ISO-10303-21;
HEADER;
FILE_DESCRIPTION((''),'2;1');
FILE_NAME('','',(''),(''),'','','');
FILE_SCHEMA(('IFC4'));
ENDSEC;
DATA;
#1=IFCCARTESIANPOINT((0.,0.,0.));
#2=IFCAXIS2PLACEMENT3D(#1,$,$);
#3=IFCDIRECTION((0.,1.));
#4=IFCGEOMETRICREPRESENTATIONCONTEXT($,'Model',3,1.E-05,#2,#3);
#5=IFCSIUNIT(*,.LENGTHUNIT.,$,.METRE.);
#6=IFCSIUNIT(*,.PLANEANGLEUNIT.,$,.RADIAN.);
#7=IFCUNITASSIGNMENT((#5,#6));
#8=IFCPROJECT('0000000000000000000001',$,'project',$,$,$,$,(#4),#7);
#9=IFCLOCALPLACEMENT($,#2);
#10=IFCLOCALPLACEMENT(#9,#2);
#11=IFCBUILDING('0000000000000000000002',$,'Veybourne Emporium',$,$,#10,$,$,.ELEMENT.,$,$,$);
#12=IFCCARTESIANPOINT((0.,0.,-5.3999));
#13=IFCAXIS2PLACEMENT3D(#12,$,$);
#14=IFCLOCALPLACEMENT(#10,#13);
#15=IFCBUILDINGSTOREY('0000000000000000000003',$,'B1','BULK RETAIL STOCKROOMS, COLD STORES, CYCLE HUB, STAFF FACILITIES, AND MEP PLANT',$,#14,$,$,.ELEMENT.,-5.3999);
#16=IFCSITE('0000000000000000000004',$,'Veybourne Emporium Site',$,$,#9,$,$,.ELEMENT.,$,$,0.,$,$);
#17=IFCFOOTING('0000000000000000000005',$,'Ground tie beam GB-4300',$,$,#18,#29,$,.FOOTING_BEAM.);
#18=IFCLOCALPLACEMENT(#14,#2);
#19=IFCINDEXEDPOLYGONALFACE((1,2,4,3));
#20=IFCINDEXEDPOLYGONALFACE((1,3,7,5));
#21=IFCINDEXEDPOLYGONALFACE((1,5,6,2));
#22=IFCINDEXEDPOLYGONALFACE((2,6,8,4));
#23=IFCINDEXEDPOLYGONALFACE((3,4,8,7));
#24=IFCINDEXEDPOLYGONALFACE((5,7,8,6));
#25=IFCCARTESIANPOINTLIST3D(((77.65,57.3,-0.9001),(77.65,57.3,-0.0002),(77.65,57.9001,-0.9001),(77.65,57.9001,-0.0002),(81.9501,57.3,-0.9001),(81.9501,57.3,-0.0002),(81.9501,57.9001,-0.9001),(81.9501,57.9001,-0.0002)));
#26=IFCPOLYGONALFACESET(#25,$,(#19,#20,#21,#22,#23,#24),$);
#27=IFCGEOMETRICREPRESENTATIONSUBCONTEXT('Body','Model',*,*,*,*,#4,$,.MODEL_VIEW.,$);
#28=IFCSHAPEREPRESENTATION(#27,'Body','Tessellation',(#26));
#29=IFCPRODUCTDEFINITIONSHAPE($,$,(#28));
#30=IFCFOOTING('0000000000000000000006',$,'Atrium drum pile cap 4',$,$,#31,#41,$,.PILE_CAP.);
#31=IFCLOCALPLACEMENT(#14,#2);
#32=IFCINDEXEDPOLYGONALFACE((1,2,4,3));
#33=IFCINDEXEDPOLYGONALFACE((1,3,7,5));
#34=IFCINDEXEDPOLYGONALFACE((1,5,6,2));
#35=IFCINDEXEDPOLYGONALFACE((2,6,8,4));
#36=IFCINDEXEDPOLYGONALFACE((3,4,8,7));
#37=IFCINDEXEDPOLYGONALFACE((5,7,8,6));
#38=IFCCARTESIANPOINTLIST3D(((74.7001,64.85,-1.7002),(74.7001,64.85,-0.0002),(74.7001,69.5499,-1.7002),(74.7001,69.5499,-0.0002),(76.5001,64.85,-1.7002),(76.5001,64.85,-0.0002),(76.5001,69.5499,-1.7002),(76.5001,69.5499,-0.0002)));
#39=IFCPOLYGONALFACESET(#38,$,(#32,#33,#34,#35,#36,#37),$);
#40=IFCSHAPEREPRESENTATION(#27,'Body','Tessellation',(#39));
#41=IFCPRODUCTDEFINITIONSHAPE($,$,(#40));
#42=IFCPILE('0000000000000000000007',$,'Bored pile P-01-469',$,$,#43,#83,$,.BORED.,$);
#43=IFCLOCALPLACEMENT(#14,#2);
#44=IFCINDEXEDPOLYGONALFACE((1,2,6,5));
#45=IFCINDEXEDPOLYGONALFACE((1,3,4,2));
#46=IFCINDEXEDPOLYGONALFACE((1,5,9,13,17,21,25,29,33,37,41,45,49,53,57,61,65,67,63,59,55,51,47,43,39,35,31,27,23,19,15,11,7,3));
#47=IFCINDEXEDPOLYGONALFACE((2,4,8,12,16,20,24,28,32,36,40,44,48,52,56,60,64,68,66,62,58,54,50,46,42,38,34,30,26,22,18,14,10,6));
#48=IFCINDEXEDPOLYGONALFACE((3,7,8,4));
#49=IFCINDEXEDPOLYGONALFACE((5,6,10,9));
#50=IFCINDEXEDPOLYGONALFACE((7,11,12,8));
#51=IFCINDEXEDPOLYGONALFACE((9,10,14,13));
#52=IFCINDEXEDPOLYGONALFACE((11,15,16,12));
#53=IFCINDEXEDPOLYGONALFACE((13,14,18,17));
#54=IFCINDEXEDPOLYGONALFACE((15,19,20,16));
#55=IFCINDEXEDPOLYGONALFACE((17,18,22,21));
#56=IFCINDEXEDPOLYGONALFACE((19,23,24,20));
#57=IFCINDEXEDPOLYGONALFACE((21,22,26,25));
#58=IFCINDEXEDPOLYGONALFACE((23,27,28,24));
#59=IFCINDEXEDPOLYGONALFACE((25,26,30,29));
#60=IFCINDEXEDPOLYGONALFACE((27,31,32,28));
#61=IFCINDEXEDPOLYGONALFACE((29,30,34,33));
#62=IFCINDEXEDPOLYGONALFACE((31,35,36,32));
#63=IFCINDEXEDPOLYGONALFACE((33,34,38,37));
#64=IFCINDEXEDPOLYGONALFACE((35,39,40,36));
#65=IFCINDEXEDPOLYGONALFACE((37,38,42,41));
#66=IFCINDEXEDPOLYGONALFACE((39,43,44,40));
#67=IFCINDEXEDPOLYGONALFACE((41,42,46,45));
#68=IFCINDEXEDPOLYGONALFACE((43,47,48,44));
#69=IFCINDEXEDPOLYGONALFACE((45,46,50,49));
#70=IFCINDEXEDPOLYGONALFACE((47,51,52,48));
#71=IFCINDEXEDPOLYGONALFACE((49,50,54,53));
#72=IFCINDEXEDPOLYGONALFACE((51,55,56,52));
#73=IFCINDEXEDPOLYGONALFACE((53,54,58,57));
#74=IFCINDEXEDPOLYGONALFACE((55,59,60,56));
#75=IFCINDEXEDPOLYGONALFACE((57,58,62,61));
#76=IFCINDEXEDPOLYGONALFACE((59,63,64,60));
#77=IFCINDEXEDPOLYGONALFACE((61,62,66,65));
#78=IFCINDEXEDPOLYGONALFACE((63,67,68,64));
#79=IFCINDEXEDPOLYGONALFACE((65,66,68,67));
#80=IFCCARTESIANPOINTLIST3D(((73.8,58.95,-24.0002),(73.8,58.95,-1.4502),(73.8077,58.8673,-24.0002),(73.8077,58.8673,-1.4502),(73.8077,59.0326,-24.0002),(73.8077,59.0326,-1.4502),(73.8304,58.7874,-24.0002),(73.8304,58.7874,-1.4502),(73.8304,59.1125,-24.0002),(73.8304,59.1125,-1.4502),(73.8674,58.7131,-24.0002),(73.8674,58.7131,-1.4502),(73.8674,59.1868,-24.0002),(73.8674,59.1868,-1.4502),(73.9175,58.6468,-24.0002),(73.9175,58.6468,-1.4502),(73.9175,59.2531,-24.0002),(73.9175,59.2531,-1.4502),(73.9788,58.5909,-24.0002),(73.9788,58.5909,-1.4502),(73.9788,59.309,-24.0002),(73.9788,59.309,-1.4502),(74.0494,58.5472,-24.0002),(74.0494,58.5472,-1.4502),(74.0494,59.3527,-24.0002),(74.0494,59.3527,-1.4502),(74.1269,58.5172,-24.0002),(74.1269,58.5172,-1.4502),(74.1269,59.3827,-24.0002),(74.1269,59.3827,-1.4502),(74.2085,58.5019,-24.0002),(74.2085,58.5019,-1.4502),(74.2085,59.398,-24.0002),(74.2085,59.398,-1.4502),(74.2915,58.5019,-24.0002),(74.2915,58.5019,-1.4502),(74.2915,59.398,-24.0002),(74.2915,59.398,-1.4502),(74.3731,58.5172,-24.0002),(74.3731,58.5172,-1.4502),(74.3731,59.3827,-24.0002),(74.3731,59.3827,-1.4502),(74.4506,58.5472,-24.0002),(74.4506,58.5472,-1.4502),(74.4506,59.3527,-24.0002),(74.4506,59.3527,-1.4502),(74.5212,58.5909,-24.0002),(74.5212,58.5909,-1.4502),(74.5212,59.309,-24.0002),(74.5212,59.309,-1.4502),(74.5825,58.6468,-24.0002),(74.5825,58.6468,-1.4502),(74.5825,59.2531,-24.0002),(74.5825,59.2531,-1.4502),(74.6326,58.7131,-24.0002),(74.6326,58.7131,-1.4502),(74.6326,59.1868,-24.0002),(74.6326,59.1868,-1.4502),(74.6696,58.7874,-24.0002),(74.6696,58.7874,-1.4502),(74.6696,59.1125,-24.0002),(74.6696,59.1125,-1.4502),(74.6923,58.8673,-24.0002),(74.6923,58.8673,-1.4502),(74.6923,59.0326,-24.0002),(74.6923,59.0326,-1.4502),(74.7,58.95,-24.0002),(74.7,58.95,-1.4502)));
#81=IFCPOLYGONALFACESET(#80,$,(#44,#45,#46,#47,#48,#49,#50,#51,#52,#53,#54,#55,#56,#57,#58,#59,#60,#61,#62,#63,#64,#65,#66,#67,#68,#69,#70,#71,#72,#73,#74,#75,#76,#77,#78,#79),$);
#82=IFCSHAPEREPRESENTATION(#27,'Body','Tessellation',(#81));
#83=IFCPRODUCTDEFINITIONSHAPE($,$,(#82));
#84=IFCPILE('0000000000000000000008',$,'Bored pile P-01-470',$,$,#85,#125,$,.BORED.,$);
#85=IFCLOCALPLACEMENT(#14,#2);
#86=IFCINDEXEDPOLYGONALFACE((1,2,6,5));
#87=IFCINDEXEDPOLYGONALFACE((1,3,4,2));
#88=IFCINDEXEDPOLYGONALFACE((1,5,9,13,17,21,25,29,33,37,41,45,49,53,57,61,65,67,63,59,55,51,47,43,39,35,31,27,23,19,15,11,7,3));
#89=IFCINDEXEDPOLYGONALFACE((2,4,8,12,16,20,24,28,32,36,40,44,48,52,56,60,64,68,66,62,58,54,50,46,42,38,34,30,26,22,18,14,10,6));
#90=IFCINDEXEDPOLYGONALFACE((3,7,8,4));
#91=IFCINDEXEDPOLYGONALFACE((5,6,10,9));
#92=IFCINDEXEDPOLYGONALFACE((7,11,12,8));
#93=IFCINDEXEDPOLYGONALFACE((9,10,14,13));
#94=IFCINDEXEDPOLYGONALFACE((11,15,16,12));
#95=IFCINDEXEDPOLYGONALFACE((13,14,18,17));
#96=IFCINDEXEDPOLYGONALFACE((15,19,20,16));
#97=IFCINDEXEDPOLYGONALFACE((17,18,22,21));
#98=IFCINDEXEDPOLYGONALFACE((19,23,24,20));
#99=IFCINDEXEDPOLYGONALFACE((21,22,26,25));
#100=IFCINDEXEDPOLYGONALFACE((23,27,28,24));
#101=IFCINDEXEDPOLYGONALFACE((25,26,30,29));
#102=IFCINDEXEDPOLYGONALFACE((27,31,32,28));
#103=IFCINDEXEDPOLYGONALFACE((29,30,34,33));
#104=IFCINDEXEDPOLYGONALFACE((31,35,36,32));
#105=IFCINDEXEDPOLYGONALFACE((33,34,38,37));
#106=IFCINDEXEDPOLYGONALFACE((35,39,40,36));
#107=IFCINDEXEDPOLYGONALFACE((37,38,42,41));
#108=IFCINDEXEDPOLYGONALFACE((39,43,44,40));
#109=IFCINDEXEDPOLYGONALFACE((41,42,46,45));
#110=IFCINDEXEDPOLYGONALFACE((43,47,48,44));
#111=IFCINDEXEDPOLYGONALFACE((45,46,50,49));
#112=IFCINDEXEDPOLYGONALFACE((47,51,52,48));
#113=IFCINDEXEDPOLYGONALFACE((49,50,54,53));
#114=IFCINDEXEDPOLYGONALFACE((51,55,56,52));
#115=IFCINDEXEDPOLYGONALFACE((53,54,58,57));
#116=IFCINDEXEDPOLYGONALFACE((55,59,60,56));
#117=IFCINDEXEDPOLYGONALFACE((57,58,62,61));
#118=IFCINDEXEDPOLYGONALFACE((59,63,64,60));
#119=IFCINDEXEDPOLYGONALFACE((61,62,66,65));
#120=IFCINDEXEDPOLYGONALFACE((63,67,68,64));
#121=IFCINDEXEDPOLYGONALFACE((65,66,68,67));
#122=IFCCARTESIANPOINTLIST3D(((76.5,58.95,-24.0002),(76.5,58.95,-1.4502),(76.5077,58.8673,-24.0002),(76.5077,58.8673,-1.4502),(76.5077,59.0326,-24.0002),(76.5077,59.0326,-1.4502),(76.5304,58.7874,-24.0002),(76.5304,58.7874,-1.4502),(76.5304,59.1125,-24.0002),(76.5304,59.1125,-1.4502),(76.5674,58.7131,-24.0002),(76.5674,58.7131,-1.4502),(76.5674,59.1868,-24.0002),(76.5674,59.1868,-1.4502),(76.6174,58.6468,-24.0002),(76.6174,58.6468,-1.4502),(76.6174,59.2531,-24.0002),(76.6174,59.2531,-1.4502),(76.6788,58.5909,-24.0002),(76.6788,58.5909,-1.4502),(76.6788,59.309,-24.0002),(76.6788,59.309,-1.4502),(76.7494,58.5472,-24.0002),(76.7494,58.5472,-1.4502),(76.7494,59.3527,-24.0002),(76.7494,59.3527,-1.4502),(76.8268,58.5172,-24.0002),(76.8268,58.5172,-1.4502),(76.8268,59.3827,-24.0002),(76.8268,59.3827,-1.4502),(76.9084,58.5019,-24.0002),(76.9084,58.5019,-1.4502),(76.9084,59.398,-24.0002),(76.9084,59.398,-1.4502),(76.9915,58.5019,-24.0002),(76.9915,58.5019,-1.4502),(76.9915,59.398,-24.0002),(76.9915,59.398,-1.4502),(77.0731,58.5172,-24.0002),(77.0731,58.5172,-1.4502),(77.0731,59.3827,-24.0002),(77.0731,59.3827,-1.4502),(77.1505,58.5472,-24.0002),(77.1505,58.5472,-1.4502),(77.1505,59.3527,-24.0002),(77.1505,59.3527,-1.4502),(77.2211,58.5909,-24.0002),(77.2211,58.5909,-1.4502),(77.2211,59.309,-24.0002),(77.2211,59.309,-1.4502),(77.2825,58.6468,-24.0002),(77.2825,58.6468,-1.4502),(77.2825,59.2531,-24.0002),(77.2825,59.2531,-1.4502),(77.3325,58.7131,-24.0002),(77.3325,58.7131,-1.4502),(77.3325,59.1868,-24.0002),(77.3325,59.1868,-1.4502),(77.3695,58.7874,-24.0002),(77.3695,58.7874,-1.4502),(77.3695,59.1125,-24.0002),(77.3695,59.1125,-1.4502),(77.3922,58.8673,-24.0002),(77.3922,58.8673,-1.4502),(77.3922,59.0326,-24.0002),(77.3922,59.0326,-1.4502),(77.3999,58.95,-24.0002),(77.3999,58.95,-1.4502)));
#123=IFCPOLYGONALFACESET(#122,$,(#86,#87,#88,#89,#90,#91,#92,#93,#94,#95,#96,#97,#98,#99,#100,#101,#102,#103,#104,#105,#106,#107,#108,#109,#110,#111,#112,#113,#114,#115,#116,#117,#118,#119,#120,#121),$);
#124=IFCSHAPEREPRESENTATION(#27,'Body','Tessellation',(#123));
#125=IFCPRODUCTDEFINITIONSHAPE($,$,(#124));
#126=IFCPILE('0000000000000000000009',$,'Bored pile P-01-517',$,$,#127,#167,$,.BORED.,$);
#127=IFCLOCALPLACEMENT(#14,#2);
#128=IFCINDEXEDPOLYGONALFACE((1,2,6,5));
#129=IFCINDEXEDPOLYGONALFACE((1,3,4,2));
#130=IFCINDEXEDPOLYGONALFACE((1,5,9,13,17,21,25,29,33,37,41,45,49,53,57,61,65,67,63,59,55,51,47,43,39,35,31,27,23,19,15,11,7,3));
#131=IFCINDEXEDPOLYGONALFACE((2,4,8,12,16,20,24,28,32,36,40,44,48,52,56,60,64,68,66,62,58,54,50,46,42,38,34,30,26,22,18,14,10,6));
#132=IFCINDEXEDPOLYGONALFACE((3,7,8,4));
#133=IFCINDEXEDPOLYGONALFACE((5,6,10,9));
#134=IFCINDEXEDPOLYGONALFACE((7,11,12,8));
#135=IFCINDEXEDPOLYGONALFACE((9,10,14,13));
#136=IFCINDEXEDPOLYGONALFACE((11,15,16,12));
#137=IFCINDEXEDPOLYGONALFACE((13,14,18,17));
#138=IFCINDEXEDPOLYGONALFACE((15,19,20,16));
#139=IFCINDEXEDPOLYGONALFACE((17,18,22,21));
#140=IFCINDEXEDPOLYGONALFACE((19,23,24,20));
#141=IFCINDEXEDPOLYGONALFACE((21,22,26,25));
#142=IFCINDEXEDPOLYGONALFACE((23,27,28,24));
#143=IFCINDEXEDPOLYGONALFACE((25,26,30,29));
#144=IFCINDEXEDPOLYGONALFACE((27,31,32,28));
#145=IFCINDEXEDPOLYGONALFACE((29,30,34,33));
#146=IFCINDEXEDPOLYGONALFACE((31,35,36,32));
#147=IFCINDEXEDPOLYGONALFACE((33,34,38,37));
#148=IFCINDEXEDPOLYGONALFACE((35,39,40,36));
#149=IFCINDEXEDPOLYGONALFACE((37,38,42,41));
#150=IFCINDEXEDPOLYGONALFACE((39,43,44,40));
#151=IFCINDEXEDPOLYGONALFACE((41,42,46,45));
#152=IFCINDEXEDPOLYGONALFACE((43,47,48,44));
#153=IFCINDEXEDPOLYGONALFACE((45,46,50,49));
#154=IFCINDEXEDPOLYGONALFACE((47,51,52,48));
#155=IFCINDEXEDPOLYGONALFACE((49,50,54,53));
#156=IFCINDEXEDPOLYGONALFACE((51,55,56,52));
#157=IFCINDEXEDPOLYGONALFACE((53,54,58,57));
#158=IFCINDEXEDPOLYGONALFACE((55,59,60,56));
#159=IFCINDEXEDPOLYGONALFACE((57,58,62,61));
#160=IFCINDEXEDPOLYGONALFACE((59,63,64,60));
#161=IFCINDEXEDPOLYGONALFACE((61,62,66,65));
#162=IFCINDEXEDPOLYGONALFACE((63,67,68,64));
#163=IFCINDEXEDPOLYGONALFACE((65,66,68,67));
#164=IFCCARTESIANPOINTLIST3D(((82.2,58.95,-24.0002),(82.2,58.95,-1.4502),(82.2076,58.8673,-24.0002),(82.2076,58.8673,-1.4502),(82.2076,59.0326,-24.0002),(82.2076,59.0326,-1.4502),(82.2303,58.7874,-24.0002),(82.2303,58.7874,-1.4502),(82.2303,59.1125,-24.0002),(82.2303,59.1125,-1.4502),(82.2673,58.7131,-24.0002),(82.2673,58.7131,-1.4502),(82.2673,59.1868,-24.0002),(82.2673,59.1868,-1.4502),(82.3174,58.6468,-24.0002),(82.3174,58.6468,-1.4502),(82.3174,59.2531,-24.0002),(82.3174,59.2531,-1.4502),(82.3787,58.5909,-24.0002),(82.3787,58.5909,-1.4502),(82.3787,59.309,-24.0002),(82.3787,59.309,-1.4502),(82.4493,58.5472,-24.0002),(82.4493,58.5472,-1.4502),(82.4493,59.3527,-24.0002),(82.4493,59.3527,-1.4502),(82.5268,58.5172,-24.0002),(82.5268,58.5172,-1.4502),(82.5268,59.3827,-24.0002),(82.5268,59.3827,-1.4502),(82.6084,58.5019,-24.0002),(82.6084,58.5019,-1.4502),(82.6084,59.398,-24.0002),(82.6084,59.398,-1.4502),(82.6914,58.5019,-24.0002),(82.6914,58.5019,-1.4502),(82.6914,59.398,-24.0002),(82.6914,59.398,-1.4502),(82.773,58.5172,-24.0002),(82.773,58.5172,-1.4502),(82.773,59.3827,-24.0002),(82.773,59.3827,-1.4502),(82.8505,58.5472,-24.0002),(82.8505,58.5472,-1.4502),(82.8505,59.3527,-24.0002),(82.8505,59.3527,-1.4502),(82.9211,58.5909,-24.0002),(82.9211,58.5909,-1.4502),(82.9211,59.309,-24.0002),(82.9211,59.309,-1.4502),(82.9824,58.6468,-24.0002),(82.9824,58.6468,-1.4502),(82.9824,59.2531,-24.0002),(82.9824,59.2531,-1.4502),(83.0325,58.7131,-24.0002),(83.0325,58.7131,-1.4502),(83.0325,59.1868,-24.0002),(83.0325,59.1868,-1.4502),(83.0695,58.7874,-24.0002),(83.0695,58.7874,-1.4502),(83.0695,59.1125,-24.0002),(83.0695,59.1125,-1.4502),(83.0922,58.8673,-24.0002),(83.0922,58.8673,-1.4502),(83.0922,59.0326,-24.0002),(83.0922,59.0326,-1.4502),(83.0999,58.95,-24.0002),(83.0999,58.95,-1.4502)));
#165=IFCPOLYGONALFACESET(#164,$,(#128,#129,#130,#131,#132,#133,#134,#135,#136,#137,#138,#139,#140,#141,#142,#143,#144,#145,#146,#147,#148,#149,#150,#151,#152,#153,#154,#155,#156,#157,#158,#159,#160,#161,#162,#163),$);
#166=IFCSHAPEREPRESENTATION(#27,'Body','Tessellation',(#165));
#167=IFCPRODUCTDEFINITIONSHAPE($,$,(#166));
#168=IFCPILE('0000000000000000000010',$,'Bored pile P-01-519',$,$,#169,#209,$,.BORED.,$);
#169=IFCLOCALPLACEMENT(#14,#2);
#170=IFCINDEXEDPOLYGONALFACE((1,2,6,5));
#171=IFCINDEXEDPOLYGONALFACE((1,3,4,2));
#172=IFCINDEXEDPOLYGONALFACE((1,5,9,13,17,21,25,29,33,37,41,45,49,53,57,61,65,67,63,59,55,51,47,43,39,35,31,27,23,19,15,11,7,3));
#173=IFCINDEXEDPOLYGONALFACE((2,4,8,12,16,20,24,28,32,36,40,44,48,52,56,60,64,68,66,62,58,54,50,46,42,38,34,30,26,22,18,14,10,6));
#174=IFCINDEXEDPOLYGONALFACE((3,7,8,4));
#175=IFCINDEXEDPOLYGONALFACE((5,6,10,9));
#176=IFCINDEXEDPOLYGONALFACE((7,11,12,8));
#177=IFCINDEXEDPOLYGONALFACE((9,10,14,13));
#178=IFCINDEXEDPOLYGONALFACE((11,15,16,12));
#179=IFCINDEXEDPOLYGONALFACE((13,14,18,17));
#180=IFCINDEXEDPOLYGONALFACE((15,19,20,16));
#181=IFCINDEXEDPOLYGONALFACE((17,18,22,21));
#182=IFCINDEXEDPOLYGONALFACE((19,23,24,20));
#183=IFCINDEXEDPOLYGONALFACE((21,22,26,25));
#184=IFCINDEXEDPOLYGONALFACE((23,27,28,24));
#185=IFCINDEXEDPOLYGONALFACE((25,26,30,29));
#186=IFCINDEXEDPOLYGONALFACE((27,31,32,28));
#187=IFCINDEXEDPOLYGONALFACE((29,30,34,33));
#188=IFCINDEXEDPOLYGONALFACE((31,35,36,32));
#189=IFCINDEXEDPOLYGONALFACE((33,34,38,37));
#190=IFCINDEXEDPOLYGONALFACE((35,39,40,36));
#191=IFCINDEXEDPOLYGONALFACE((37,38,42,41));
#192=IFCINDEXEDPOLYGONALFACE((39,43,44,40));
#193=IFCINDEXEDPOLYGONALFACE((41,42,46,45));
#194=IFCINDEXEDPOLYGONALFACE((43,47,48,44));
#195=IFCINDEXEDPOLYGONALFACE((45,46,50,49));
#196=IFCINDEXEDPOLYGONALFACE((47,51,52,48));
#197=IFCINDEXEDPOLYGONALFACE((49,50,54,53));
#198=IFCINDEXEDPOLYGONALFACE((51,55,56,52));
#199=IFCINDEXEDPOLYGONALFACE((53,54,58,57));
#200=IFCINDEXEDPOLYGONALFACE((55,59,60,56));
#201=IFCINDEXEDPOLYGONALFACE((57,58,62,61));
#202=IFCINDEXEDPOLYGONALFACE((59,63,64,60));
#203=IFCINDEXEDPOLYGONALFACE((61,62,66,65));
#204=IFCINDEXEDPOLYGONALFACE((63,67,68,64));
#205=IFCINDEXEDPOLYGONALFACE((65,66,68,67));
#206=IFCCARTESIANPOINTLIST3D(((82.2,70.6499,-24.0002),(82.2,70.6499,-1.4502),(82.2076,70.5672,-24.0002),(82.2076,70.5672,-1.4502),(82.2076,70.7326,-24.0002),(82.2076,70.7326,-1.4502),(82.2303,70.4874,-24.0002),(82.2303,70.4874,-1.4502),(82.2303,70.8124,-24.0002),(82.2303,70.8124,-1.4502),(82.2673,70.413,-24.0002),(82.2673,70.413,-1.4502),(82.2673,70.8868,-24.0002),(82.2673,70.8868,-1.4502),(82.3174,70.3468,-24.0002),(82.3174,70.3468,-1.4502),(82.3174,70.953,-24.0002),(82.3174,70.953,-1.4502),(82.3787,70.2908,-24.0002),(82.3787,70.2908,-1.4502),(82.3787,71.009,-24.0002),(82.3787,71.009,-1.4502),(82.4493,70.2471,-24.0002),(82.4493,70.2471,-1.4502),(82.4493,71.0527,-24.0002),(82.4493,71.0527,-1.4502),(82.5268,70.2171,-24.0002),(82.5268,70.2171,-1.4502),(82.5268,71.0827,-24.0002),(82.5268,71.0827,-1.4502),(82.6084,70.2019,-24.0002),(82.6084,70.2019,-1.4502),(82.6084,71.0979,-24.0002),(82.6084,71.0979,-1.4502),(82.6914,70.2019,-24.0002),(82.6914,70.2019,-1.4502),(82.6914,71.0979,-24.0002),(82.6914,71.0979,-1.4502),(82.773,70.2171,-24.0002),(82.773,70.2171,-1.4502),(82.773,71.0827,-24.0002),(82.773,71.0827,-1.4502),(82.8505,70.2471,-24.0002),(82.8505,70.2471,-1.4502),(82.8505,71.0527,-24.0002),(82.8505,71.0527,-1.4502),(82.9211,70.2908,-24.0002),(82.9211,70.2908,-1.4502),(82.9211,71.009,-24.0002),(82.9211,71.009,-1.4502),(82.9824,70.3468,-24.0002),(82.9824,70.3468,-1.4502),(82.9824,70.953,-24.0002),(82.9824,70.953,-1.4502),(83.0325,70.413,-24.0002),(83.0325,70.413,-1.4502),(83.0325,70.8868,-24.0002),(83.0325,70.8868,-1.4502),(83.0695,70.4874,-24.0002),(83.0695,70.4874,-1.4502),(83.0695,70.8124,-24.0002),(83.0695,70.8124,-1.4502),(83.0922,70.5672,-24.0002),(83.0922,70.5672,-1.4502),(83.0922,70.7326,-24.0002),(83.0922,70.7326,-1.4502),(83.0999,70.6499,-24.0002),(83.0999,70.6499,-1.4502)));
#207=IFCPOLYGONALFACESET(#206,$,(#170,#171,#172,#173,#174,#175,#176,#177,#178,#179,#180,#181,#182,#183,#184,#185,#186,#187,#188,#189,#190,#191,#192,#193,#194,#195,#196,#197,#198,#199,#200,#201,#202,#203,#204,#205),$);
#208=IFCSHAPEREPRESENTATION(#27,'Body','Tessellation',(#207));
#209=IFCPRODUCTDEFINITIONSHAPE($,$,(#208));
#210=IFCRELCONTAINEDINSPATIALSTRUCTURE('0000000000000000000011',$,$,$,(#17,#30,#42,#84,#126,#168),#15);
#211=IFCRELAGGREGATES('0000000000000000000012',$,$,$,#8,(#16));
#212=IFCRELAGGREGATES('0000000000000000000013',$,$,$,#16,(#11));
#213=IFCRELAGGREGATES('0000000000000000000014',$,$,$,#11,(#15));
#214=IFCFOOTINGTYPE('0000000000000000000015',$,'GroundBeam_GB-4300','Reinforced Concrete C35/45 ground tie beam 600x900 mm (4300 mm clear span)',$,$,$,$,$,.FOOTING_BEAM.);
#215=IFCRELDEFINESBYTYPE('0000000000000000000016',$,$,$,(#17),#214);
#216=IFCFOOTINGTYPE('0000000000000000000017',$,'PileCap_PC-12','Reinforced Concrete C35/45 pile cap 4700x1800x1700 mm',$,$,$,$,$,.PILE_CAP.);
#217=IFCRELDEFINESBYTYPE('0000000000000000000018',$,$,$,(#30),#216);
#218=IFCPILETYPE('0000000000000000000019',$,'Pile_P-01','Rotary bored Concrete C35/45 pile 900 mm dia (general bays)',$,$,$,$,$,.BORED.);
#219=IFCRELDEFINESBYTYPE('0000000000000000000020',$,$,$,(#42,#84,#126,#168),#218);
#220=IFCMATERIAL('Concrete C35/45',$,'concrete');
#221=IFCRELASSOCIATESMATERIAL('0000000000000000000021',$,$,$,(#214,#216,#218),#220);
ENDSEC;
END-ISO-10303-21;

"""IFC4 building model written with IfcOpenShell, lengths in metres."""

from ifc_helpers import new_model, si_unit, direction, frame, origin, origin_2d, place, context, subcontext, project, spatial, rectangle, circle, extrude, material, material_profile, profile_set, type_object, element, save


model = new_model("IFC4")

# Units and contexts
model_context = context("Model", 3, precision=1e-05, world=origin(), true_north=direction((0.0, 1.0)))
body_context = subcontext(model_context, "Body", "Model", "MODEL_VIEW")
ifc_project = project(units=[si_unit("LENGTHUNIT", "METRE"), si_unit("PLANEANGLEUNIT", "RADIAN")], contexts=[model_context])

# Site, building, storey
site_placement = place(None, origin())
site = spatial("IfcSite", under=ifc_project, at=site_placement, Name="Veybourne Emporium Site", CompositionType="ELEMENT", RefElevation=0.0)
building_placement = place(site_placement, origin())
building = spatial("IfcBuilding", under=site, at=building_placement, Name="Veybourne Emporium", CompositionType="ELEMENT")
storey_placement = place(building_placement, frame((0.0, 0.0, -5.3999)))
storey = spatial("IfcBuildingStorey", under=building, at=storey_placement, Name="B1", Description="BULK RETAIL STOCKROOMS, COLD STORES, CYCLE HUB, STAFF FACILITIES, AND MEP PLANT", CompositionType="ELEMENT", Elevation=-5.3999)

# Footings
ifc_material_1 = material(Name="Concrete C35/45", Category="concrete")
footing_type_1 = type_object("IfcFootingType", Name="GroundBeam_GB-4300", Description="Reinforced Concrete C35/45 ground tie beam 600x900 mm (4300 mm clear span)", PredefinedType="FOOTING_BEAM", material=ifc_material_1)
footing_1_placement = place(storey_placement, frame((79.8, 57.6001, -0.9001), z_axis=(0.0, 0.0, 1.0), x_axis=(1.0, 0.0, 0.0)))
element("IfcFooting", 1, at=footing_1_placement, inside=storey, type_object=footing_type_1, Name="Ground tie beam GB-4300", PredefinedType="FOOTING_BEAM", context=body_context, shape_type="SweptSolid", body=[
    extrude(rectangle(XDim=4.3, YDim=0.6001, at=origin_2d()), origin(), (0.0, 0.0, 1.0), 0.8999),
])
footing_type_2 = type_object("IfcFootingType", Name="PileCap_PC-12", Description="Reinforced Concrete C35/45 pile cap 4700x1800x1700 mm", PredefinedType="PILE_CAP", material=ifc_material_1)
footing_2_placement = place(storey_placement, frame((75.6001, 67.2, -1.7002), z_axis=(0.0, 0.0, 1.0), x_axis=(0.0, 1.0, 0.0)))
element("IfcFooting", 2, at=footing_2_placement, inside=storey, type_object=footing_type_2, Name="Atrium drum pile cap 4", PredefinedType="PILE_CAP", context=body_context, shape_type="SweptSolid", body=[
    extrude(rectangle(XDim=4.7, YDim=1.8, at=origin_2d()), origin(), (0.0, 0.0, 1.0), 1.7),
])

# Piles
ifc_material_profile_1 = material_profile(ifc_material_1, circle(Radius=0.45, at=origin_2d()), Name="BORED PILE 900")
ifc_profile_set_1 = profile_set([ifc_material_profile_1], Name="Concrete C35/45")
pile_type_1 = type_object("IfcPileType", Name="Pile_P-01", Description="Rotary bored Concrete C35/45 pile 900 mm dia (general bays)", PredefinedType="BORED", material=ifc_profile_set_1)
for number, where, z_axis, x_axis, name in (
    (3, (74.25, 58.95, -1.4502), (0.0, 0.0, -1.0), (1.0, 0.0, 0.0), "Bored pile P-01-469"),
    (4, (76.95, 58.95, -1.4502), (0.0, 0.0, -1.0), (1.0, 0.0, 0.0), "Bored pile P-01-470"),
    (5, (82.6499, 58.95, -1.4502), (0.0, 0.0, -1.0), (1.0, 0.0, 0.0), "Bored pile P-01-517"),
    (6, (82.6499, 70.6499, -1.4502), (0.0, 0.0, -1.0), (1.0, 0.0, 0.0), "Bored pile P-01-519"),
):
    element("IfcPile", number, at=place(storey_placement, frame(where, z_axis=z_axis, x_axis=x_axis)), inside=storey, type_object=pile_type_1, Name=name, PredefinedType="BORED", context=body_context, shape_type="SweptSolid", body=[
        extrude(circle(Radius=0.45, at=origin_2d()), origin(), (0.0, 0.0, 1.0), 22.55),
    ])

save(model, "model.ifc")
